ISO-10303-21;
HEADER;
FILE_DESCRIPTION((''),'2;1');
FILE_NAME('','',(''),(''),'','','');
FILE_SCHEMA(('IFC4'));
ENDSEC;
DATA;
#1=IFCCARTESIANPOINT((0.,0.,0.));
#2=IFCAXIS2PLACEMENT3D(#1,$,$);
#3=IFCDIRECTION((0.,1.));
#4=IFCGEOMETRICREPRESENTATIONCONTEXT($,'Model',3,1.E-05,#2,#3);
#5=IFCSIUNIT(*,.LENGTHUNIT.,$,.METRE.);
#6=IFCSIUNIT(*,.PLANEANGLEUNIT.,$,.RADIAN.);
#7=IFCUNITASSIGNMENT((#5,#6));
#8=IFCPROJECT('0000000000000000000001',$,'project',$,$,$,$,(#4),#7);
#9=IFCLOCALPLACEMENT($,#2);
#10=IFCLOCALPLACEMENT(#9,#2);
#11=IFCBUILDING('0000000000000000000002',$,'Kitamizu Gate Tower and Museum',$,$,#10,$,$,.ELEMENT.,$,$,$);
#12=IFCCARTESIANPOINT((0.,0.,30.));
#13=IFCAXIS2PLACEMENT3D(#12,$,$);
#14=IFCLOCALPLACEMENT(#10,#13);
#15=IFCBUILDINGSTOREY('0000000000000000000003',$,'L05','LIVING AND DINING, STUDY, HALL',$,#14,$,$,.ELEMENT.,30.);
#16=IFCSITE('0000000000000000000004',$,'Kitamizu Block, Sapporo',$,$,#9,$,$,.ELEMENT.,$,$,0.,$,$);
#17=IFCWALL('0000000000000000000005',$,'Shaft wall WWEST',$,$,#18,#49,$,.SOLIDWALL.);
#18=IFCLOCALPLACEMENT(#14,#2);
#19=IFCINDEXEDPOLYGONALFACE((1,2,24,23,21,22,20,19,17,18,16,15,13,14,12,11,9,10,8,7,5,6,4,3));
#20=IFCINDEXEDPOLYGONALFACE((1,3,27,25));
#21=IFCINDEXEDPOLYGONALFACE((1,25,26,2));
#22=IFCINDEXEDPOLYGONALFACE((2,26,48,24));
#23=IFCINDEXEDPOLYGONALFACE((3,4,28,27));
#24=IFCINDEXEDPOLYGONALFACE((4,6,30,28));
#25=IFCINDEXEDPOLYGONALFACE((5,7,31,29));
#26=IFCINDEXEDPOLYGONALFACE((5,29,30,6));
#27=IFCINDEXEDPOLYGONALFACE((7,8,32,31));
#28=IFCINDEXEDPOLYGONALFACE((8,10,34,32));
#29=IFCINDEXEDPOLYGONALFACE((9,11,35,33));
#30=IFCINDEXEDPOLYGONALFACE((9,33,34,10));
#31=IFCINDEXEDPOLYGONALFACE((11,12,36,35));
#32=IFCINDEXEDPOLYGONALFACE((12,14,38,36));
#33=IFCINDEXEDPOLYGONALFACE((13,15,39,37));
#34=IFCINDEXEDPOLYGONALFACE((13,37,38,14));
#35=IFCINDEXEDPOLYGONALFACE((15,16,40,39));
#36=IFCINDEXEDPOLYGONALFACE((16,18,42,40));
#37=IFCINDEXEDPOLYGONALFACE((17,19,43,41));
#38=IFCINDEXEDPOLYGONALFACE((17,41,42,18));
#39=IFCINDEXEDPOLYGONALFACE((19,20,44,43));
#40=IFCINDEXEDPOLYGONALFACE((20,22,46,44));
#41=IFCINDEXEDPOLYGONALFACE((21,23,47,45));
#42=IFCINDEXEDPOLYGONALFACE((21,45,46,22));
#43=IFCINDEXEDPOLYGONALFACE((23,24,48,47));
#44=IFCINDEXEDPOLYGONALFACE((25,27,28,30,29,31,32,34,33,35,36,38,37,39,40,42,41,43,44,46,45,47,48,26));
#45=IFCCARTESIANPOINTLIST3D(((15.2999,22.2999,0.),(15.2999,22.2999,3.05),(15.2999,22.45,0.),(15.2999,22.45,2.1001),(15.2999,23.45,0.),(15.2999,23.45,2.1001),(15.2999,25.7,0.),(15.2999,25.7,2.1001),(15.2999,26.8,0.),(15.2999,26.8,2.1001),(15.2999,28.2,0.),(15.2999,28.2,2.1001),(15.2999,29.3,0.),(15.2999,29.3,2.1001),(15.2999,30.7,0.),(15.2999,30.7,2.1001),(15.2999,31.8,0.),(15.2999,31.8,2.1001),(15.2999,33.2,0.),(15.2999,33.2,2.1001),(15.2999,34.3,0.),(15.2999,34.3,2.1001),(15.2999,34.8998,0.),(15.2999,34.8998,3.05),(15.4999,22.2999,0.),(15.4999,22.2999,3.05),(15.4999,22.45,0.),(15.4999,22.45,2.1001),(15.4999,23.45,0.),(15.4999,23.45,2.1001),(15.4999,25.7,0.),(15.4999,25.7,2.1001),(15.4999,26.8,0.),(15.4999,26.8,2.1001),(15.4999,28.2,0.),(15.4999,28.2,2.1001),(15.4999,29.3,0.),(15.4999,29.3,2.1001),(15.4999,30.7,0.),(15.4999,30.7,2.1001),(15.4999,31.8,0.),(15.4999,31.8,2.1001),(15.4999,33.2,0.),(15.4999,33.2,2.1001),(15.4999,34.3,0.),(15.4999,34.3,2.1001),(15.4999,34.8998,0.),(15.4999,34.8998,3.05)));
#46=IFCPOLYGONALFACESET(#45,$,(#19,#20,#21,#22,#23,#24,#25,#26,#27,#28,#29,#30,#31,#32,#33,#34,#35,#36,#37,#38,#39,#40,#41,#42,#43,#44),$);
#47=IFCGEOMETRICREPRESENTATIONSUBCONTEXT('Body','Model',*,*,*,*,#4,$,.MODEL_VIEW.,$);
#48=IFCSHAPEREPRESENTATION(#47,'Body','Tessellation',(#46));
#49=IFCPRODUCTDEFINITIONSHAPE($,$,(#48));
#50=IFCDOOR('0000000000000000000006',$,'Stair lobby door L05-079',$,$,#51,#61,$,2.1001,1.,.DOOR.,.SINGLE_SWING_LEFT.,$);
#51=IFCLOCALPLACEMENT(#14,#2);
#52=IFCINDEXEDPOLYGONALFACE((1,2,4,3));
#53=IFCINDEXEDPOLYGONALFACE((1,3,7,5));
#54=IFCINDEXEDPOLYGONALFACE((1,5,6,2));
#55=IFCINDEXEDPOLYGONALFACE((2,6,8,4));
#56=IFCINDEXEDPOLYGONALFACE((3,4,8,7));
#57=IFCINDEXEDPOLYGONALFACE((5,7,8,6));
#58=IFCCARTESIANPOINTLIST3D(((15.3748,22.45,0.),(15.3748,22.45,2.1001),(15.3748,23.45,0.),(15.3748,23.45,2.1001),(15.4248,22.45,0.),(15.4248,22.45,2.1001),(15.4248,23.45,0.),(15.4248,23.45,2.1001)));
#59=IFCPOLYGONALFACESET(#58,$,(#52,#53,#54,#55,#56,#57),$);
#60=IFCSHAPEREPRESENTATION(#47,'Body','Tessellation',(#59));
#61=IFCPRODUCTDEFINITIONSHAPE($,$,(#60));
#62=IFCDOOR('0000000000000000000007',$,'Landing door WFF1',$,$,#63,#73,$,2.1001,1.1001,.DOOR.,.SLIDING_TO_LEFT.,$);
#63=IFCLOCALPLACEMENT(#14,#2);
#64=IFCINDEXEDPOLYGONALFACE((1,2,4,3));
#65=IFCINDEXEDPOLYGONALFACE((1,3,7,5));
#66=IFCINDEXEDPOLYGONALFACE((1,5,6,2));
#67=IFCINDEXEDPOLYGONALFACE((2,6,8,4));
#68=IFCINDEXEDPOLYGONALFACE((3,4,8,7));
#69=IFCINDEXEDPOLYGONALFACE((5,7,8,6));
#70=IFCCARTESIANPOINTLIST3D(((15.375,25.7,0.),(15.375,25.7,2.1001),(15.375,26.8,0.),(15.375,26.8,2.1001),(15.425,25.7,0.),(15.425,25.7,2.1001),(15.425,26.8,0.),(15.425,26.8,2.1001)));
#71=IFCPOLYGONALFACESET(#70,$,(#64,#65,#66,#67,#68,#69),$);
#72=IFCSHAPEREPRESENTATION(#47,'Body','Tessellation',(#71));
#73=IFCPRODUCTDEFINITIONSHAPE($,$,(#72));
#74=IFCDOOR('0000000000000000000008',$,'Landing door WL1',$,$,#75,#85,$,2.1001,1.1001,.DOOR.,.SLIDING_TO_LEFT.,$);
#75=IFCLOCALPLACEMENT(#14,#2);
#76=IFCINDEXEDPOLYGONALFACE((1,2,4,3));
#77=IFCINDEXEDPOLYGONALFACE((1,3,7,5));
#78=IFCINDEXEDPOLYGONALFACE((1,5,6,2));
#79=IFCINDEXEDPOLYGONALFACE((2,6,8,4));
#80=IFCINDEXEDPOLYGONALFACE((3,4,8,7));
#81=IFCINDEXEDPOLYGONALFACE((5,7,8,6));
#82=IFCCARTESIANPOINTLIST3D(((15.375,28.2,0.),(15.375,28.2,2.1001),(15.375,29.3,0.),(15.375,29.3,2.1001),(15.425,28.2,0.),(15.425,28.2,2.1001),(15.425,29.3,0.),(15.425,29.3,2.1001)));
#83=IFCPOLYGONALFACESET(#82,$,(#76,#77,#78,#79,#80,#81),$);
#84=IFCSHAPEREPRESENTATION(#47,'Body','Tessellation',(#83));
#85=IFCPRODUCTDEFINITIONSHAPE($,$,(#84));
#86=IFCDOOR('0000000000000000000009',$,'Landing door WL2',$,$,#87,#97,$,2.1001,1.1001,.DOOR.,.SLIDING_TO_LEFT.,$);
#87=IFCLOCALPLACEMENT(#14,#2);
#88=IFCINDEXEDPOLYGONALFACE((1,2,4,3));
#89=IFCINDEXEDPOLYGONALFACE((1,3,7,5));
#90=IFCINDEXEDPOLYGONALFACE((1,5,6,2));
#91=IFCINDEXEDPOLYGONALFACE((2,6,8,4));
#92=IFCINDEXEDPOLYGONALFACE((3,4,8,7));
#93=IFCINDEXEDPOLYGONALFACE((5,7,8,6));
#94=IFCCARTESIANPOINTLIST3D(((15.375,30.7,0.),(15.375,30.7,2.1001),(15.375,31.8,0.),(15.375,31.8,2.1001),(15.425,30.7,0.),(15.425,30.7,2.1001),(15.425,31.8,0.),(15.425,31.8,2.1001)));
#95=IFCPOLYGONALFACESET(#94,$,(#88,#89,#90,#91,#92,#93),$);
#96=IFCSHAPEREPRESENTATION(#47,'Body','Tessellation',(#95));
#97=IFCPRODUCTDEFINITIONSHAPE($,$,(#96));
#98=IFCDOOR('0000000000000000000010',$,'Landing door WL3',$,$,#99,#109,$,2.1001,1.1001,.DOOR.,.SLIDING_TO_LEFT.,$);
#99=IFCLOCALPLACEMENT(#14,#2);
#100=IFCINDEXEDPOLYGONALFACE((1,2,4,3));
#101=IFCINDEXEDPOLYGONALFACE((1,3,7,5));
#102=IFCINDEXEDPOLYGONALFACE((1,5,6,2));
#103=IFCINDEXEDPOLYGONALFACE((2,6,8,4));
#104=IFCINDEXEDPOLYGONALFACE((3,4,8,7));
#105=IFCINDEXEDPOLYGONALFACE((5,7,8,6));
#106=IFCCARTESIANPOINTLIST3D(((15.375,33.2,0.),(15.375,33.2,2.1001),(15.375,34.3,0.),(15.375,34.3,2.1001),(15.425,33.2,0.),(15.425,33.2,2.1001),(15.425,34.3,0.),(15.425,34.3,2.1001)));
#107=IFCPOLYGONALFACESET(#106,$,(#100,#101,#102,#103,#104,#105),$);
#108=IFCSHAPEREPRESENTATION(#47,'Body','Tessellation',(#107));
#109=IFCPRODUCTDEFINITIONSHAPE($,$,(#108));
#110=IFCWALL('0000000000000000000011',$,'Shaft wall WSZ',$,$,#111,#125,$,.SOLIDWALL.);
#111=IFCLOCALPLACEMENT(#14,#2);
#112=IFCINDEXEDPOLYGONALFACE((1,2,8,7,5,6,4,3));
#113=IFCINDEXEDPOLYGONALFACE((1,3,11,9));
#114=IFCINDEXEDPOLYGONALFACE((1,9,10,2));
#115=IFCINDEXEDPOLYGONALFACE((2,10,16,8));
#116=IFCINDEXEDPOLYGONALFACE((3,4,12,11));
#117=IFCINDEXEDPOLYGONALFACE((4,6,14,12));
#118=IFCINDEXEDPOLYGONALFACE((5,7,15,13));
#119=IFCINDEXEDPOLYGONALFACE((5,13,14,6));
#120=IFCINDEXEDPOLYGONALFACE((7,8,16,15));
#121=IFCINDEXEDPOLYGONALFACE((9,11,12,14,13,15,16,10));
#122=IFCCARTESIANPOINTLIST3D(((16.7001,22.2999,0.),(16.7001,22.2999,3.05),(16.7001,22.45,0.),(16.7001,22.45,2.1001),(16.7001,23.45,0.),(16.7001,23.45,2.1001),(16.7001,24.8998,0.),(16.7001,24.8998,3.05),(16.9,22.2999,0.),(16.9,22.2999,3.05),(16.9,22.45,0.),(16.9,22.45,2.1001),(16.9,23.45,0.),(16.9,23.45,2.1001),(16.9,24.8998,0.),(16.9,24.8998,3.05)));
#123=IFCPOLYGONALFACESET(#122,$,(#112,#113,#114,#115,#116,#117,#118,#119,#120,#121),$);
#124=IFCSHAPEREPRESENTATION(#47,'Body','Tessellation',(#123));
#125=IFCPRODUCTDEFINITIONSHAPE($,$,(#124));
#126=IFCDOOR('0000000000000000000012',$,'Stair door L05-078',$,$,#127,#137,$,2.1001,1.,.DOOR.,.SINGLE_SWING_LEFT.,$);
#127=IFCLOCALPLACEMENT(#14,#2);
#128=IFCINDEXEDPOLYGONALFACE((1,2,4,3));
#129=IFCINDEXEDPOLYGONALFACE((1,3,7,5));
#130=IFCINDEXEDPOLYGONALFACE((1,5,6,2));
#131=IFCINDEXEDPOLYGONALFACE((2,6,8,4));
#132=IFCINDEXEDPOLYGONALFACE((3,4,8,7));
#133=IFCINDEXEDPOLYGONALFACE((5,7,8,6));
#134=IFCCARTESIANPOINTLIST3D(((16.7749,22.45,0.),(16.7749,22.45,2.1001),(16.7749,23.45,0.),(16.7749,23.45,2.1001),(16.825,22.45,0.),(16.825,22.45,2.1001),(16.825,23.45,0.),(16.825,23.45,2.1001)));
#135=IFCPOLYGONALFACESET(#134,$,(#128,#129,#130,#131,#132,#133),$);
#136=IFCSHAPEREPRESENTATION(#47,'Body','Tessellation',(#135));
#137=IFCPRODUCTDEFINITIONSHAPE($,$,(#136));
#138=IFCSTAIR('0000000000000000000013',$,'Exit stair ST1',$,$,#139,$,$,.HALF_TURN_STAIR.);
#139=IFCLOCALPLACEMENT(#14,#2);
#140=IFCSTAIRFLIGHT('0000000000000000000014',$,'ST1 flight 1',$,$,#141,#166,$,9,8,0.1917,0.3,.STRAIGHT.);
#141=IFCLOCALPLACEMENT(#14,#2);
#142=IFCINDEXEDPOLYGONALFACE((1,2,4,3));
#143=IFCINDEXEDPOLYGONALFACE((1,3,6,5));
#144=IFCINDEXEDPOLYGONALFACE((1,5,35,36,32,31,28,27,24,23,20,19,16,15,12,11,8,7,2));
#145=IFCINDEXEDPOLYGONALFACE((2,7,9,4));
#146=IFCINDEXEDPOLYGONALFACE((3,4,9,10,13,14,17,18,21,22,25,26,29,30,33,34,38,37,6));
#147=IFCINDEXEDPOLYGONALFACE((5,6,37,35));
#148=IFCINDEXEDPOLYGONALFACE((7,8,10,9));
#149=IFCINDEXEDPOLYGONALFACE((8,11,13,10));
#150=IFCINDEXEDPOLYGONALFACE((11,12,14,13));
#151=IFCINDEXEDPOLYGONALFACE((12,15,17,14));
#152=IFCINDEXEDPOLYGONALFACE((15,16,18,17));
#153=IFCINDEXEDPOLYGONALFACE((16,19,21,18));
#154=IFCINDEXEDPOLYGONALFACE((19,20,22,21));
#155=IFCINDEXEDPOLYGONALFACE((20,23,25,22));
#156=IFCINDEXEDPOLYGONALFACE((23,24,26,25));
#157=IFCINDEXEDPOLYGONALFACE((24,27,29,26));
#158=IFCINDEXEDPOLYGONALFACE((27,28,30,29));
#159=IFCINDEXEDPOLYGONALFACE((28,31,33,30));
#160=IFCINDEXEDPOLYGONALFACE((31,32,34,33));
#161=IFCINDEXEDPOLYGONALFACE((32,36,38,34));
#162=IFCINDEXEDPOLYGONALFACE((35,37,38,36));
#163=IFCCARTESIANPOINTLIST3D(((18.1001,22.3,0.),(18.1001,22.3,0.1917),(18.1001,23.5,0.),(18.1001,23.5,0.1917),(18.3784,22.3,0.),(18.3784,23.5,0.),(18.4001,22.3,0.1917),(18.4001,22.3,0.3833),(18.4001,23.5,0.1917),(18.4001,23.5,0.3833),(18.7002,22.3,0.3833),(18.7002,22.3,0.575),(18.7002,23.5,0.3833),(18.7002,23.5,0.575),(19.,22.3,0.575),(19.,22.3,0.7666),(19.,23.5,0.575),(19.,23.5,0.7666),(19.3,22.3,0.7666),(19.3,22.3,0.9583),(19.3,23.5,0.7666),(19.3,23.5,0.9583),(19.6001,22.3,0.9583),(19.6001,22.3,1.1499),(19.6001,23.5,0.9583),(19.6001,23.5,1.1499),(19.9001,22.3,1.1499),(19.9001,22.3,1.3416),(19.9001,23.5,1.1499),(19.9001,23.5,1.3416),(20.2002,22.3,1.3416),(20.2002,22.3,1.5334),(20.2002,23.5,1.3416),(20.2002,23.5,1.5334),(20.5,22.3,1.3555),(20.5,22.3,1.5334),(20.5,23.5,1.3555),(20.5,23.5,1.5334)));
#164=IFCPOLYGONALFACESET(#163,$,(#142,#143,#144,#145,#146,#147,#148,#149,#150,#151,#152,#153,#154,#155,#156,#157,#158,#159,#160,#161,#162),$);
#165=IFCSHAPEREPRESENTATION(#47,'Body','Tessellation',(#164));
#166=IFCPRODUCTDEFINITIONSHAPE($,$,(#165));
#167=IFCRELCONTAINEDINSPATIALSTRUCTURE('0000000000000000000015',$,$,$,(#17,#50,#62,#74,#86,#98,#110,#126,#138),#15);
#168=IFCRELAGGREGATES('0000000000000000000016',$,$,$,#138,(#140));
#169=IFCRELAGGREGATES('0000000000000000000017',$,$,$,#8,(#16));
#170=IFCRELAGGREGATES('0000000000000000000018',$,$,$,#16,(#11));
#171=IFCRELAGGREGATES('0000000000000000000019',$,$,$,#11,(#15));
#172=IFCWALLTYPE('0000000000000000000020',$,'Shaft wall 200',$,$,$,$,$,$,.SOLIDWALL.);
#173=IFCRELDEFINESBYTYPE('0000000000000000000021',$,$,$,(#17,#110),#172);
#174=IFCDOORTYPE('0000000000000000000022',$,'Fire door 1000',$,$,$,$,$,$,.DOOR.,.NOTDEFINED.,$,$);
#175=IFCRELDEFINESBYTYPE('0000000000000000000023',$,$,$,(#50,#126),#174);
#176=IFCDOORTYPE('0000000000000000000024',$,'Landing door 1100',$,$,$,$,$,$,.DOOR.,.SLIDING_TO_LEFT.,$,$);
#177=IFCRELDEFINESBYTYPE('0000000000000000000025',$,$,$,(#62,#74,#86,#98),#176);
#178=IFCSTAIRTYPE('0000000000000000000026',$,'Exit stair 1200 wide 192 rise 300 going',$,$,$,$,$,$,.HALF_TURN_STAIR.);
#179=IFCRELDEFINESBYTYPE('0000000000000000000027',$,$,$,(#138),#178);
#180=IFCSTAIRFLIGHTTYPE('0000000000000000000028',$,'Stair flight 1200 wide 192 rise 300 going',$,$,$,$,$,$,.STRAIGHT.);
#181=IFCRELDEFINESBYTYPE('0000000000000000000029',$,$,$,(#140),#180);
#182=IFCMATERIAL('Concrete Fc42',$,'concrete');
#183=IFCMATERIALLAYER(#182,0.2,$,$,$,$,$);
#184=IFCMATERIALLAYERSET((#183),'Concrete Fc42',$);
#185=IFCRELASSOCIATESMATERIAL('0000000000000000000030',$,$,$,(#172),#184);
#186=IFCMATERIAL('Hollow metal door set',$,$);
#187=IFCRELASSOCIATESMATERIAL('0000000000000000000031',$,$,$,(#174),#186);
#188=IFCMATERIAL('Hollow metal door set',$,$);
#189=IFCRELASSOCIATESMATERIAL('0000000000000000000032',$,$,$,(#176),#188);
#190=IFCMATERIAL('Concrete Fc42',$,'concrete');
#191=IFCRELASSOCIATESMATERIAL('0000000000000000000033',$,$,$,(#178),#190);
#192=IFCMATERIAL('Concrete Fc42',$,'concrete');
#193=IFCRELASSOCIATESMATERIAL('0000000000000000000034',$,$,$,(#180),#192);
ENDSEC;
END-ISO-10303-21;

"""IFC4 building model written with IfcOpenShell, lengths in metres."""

from ifc_helpers import new_model, si_unit, direction, frame, frame_2d, origin, place, context, subcontext, project, spatial, polyline, rectangle, outline, extrude, material, layer, layer_set, type_object, element, fill, aggregate, save


model = new_model("IFC4")

# Units and contexts
model_context = context("Model", 3, precision=1e-05, world=origin(), true_north=direction((0.0, 1.0)))
body_context = subcontext(model_context, "Body", "Model", "MODEL_VIEW")
ifc_project = project(units=[si_unit("LENGTHUNIT", "METRE"), si_unit("PLANEANGLEUNIT", "RADIAN")], contexts=[model_context])

# Site, building, storey
site_placement = place(None, origin())
site = spatial("IfcSite", under=ifc_project, at=site_placement, Name="Kitamizu Block, Sapporo", CompositionType="ELEMENT", RefElevation=0.0)
building_placement = place(site_placement, origin())
building = spatial("IfcBuilding", under=site, at=building_placement, Name="Kitamizu Gate Tower and Museum", CompositionType="ELEMENT")
storey_placement = place(building_placement, frame((0.0, 0.0, 30.0)))
storey = spatial("IfcBuildingStorey", under=building, at=storey_placement, Name="L05", Description="LIVING AND DINING, STUDY, HALL", CompositionType="ELEMENT", Elevation=30.0)

# Wall, openings, doors
ifc_material_1 = material(Name="Concrete Fc42", Category="concrete")
ifc_layer_1 = layer(ifc_material_1, 0.2)
ifc_layer_set_1 = layer_set([ifc_layer_1], Name="Concrete Fc42")
wall_type_1 = type_object("IfcWallType", Name="Shaft wall 200", PredefinedType="SOLIDWALL", material=ifc_layer_set_1)
wall_1_placement = place(storey_placement, frame((15.3999, 22.3, 0.0), z_axis=(0.0, 0.0, 1.0), x_axis=(0.0, 1.0, 0.0)))
wall_1 = element("IfcWall", 1, at=wall_1_placement, inside=storey, type_object=wall_type_1, Name="Shaft wall WWEST", PredefinedType="SOLIDWALL", context=body_context, shape_type="SweptSolid", body=[
    extrude(rectangle(XDim=12.5999, YDim=0.2, at=frame_2d((6.2998, 0.0))), origin(), (0.0, 0.0, 1.0), 3.05),
])
opening_1_placement = place(wall_1_placement, frame((3.3999, 0.0, 0.0)))
opening_1 = element("IfcOpeningElement", 2, at=opening_1_placement, cuts=wall_1, PredefinedType="OPENING", context=body_context, shape_type="SweptSolid", body=[
    extrude(rectangle(XDim=1.1001, YDim=2.1001, at=frame_2d((0.55, 1.05))), frame((0.0, 0.1099, 0.0), z_axis=(0.0, -1.0, 0.0), x_axis=(1.0, 0.0, 0.0)), (0.0, 0.0, 1.0), 0.22),
])
opening_2_placement = place(wall_1_placement, frame((5.8999, 0.0, 0.0)))
opening_2 = element("IfcOpeningElement", 3, at=opening_2_placement, cuts=wall_1, PredefinedType="OPENING", context=body_context, shape_type="SweptSolid", body=[
    extrude(rectangle(XDim=1.1001, YDim=2.1001, at=frame_2d((0.55, 1.05))), frame((0.0, 0.1099, 0.0), z_axis=(0.0, -1.0, 0.0), x_axis=(1.0, 0.0, 0.0)), (0.0, 0.0, 1.0), 0.22),
])
opening_3_placement = place(wall_1_placement, frame((8.3999, 0.0, 0.0)))
opening_3 = element("IfcOpeningElement", 4, at=opening_3_placement, cuts=wall_1, PredefinedType="OPENING", context=body_context, shape_type="SweptSolid", body=[
    extrude(rectangle(XDim=1.1001, YDim=2.1001, at=frame_2d((0.55, 1.05))), frame((0.0, 0.1099, 0.0), z_axis=(0.0, -1.0, 0.0), x_axis=(1.0, 0.0, 0.0)), (0.0, 0.0, 1.0), 0.22),
])
opening_4_placement = place(wall_1_placement, frame((10.8999, 0.0, 0.0)))
opening_4 = element("IfcOpeningElement", 5, at=opening_4_placement, cuts=wall_1, PredefinedType="OPENING", context=body_context, shape_type="SweptSolid", body=[
    extrude(rectangle(XDim=1.1001, YDim=2.1001, at=frame_2d((0.55, 1.05))), frame((0.0, 0.1099, 0.0), z_axis=(0.0, -1.0, 0.0), x_axis=(1.0, 0.0, 0.0)), (0.0, 0.0, 1.0), 0.22),
])
opening_5_placement = place(wall_1_placement, frame((0.1499, 0.0, 0.0)))
opening_5 = element("IfcOpeningElement", 6, at=opening_5_placement, cuts=wall_1, PredefinedType="OPENING", context=body_context, shape_type="SweptSolid", body=[
    extrude(rectangle(XDim=1.0, YDim=2.1001, at=frame_2d((0.5, 1.05))), frame((0.0, 0.1099, 0.0), z_axis=(0.0, -1.0, 0.0), x_axis=(1.0, 0.0, 0.0)), (0.0, 0.0, 1.0), 0.22),
])
ifc_material_2 = material(Name="Hollow metal door set")
door_type_1 = type_object("IfcDoorType", Name="Fire door 1000", OperationType="NOTDEFINED", PredefinedType="DOOR", material=ifc_material_2)
door_1_placement = place(opening_5_placement, frame((1.0, 0.0, 0.0), x_axis=(-1.0, 0.0, 0.0)))
door_1 = element("IfcDoor", 7, at=door_1_placement, inside=storey, type_object=door_type_1, Name="Stair lobby door L05-079", OperationType="SINGLE_SWING_LEFT", OverallHeight=2.1001, OverallWidth=1.0, PredefinedType="DOOR", context=body_context, shape_type="SweptSolid", body=[
    extrude(rectangle(XDim=1.0, YDim=2.1001, at=frame_2d((0.5, 1.05))), frame((0.0, 0.0249, 0.0), z_axis=(0.0, -1.0, 0.0), x_axis=(1.0, 0.0, 0.0)), (0.0, 0.0, 1.0), 0.05),
])
fill(opening_5, door_1)
ifc_material_3 = material(Name="Hollow metal door set")
door_type_2 = type_object("IfcDoorType", Name="Landing door 1100", OperationType="SLIDING_TO_LEFT", PredefinedType="DOOR", material=ifc_material_3)
door_2_placement = place(opening_1_placement, origin())
door_2 = element("IfcDoor", 8, at=door_2_placement, inside=storey, type_object=door_type_2, Name="Landing door WFF1", OperationType="SLIDING_TO_LEFT", OverallHeight=2.1001, OverallWidth=1.1001, PredefinedType="DOOR", context=body_context, shape_type="SweptSolid", body=[
    extrude(rectangle(XDim=1.1001, YDim=2.1001, at=frame_2d((0.55, 1.05))), frame((0.0, 0.0249, 0.0), z_axis=(0.0, -1.0, 0.0), x_axis=(1.0, 0.0, 0.0)), (0.0, 0.0, 1.0), 0.05),
])
fill(opening_1, door_2)
door_3_placement = place(opening_2_placement, origin())
door_3 = element("IfcDoor", 9, at=door_3_placement, inside=storey, type_object=door_type_2, Name="Landing door WL1", OperationType="SLIDING_TO_LEFT", OverallHeight=2.1001, OverallWidth=1.1001, PredefinedType="DOOR", context=body_context, shape_type="SweptSolid", body=[
    extrude(rectangle(XDim=1.1001, YDim=2.1001, at=frame_2d((0.55, 1.05))), frame((0.0, 0.0249, 0.0), z_axis=(0.0, -1.0, 0.0), x_axis=(1.0, 0.0, 0.0)), (0.0, 0.0, 1.0), 0.05),
])
fill(opening_2, door_3)
door_4_placement = place(opening_3_placement, origin())
door_4 = element("IfcDoor", 10, at=door_4_placement, inside=storey, type_object=door_type_2, Name="Landing door WL2", OperationType="SLIDING_TO_LEFT", OverallHeight=2.1001, OverallWidth=1.1001, PredefinedType="DOOR", context=body_context, shape_type="SweptSolid", body=[
    extrude(rectangle(XDim=1.1001, YDim=2.1001, at=frame_2d((0.55, 1.05))), frame((0.0, 0.0249, 0.0), z_axis=(0.0, -1.0, 0.0), x_axis=(1.0, 0.0, 0.0)), (0.0, 0.0, 1.0), 0.05),
])
fill(opening_3, door_4)
door_5_placement = place(opening_4_placement, origin())
door_5 = element("IfcDoor", 11, at=door_5_placement, inside=storey, type_object=door_type_2, Name="Landing door WL3", OperationType="SLIDING_TO_LEFT", OverallHeight=2.1001, OverallWidth=1.1001, PredefinedType="DOOR", context=body_context, shape_type="SweptSolid", body=[
    extrude(rectangle(XDim=1.1001, YDim=2.1001, at=frame_2d((0.55, 1.05))), frame((0.0, 0.0249, 0.0), z_axis=(0.0, -1.0, 0.0), x_axis=(1.0, 0.0, 0.0)), (0.0, 0.0, 1.0), 0.05),
])
fill(opening_4, door_5)

# Wall, opening, door
wall_2_placement = place(storey_placement, frame((16.8, 22.3, 0.0), z_axis=(0.0, 0.0, 1.0), x_axis=(0.0, 1.0, 0.0)))
wall_2 = element("IfcWall", 12, at=wall_2_placement, inside=storey, type_object=wall_type_1, Name="Shaft wall WSZ", PredefinedType="SOLIDWALL", context=body_context, shape_type="SweptSolid", body=[
    extrude(rectangle(XDim=2.5999, YDim=0.2, at=frame_2d((1.2998, 0.0))), origin(), (0.0, 0.0, 1.0), 3.05),
])
opening_6_placement = place(wall_2_placement, frame((0.1499, 0.0, 0.0)))
opening_6 = element("IfcOpeningElement", 13, at=opening_6_placement, cuts=wall_2, PredefinedType="OPENING", context=body_context, shape_type="SweptSolid", body=[
    extrude(rectangle(XDim=1.0, YDim=2.1001, at=frame_2d((0.5, 1.05))), frame((0.0, 0.1099, 0.0), z_axis=(0.0, -1.0, 0.0), x_axis=(1.0, 0.0, 0.0)), (0.0, 0.0, 1.0), 0.22),
])
door_6_placement = place(opening_6_placement, frame((1.0, 0.0, 0.0), x_axis=(-1.0, 0.0, 0.0)))
door_6 = element("IfcDoor", 14, at=door_6_placement, inside=storey, type_object=door_type_1, Name="Stair door L05-078", OperationType="SINGLE_SWING_LEFT", OverallHeight=2.1001, OverallWidth=1.0, PredefinedType="DOOR", context=body_context, shape_type="SweptSolid", body=[
    extrude(rectangle(XDim=1.0, YDim=2.1001, at=frame_2d((0.5, 1.05))), frame((0.0, 0.0249, 0.0), z_axis=(0.0, -1.0, 0.0), x_axis=(1.0, 0.0, 0.0)), (0.0, 0.0, 1.0), 0.05),
])
fill(opening_6, door_6)

# Stair, stair flight
ifc_material_4 = material(Name="Concrete Fc42", Category="concrete")
stair_type = type_object("IfcStairType", Name="Exit stair 1200 wide 192 rise 300 going", PredefinedType="HALF_TURN_STAIR", material=ifc_material_4)
stair_placement = place(storey_placement, origin())
stair = element("IfcStair", 15, at=stair_placement, inside=storey, type_object=stair_type, Name="Exit stair ST1", PredefinedType="HALF_TURN_STAIR")
ifc_material_5 = material(Name="Concrete Fc42", Category="concrete")
stair_flight_type = type_object("IfcStairFlightType", Name="Stair flight 1200 wide 192 rise 300 going", PredefinedType="STRAIGHT", material=ifc_material_5)
stair_flight_1_placement = place(storey_placement, frame((18.1001, 22.8999, 0.0), z_axis=(0.0, 0.0, 1.0), x_axis=(1.0, 0.0, 0.0)))
stair_flight_1 = element("IfcStairFlight", 16, at=stair_flight_1_placement, type_object=stair_flight_type, Name="ST1 flight 1", NumberOfRisers=9, NumberOfTreads=8, PredefinedType="STRAIGHT", RiserHeight=0.1917, TreadLength=0.3, context=body_context, shape_type="SweptSolid", body=[
    extrude(outline(polyline([(0.0, 0.0), (0.0, 0.1917), (0.3, 0.1917), (0.3, 0.3833), (0.6001, 0.3833), (0.6001, 0.575), (0.8999, 0.575), (0.8999, 0.7666), (1.2, 0.7666), (1.2, 0.9583), (1.5, 0.9583), (1.5, 1.1499), (1.8, 1.1499), (1.8, 1.3416), (2.1001, 1.3416), (2.1001, 1.5334), (2.3999, 1.5334), (2.3999, 1.7251), (2.3999, 1.3555), (0.2783, 0.0), (0.0, 0.0)])), frame((0.0, 0.6001, 0.0), z_axis=(0.0, -1.0, 0.0), x_axis=(1.0, 0.0, 0.0)), (0.0, 0.0, 1.0), 1.2),
])
aggregate(stair, [stair_flight_1])

save(model, "model.ifc")
